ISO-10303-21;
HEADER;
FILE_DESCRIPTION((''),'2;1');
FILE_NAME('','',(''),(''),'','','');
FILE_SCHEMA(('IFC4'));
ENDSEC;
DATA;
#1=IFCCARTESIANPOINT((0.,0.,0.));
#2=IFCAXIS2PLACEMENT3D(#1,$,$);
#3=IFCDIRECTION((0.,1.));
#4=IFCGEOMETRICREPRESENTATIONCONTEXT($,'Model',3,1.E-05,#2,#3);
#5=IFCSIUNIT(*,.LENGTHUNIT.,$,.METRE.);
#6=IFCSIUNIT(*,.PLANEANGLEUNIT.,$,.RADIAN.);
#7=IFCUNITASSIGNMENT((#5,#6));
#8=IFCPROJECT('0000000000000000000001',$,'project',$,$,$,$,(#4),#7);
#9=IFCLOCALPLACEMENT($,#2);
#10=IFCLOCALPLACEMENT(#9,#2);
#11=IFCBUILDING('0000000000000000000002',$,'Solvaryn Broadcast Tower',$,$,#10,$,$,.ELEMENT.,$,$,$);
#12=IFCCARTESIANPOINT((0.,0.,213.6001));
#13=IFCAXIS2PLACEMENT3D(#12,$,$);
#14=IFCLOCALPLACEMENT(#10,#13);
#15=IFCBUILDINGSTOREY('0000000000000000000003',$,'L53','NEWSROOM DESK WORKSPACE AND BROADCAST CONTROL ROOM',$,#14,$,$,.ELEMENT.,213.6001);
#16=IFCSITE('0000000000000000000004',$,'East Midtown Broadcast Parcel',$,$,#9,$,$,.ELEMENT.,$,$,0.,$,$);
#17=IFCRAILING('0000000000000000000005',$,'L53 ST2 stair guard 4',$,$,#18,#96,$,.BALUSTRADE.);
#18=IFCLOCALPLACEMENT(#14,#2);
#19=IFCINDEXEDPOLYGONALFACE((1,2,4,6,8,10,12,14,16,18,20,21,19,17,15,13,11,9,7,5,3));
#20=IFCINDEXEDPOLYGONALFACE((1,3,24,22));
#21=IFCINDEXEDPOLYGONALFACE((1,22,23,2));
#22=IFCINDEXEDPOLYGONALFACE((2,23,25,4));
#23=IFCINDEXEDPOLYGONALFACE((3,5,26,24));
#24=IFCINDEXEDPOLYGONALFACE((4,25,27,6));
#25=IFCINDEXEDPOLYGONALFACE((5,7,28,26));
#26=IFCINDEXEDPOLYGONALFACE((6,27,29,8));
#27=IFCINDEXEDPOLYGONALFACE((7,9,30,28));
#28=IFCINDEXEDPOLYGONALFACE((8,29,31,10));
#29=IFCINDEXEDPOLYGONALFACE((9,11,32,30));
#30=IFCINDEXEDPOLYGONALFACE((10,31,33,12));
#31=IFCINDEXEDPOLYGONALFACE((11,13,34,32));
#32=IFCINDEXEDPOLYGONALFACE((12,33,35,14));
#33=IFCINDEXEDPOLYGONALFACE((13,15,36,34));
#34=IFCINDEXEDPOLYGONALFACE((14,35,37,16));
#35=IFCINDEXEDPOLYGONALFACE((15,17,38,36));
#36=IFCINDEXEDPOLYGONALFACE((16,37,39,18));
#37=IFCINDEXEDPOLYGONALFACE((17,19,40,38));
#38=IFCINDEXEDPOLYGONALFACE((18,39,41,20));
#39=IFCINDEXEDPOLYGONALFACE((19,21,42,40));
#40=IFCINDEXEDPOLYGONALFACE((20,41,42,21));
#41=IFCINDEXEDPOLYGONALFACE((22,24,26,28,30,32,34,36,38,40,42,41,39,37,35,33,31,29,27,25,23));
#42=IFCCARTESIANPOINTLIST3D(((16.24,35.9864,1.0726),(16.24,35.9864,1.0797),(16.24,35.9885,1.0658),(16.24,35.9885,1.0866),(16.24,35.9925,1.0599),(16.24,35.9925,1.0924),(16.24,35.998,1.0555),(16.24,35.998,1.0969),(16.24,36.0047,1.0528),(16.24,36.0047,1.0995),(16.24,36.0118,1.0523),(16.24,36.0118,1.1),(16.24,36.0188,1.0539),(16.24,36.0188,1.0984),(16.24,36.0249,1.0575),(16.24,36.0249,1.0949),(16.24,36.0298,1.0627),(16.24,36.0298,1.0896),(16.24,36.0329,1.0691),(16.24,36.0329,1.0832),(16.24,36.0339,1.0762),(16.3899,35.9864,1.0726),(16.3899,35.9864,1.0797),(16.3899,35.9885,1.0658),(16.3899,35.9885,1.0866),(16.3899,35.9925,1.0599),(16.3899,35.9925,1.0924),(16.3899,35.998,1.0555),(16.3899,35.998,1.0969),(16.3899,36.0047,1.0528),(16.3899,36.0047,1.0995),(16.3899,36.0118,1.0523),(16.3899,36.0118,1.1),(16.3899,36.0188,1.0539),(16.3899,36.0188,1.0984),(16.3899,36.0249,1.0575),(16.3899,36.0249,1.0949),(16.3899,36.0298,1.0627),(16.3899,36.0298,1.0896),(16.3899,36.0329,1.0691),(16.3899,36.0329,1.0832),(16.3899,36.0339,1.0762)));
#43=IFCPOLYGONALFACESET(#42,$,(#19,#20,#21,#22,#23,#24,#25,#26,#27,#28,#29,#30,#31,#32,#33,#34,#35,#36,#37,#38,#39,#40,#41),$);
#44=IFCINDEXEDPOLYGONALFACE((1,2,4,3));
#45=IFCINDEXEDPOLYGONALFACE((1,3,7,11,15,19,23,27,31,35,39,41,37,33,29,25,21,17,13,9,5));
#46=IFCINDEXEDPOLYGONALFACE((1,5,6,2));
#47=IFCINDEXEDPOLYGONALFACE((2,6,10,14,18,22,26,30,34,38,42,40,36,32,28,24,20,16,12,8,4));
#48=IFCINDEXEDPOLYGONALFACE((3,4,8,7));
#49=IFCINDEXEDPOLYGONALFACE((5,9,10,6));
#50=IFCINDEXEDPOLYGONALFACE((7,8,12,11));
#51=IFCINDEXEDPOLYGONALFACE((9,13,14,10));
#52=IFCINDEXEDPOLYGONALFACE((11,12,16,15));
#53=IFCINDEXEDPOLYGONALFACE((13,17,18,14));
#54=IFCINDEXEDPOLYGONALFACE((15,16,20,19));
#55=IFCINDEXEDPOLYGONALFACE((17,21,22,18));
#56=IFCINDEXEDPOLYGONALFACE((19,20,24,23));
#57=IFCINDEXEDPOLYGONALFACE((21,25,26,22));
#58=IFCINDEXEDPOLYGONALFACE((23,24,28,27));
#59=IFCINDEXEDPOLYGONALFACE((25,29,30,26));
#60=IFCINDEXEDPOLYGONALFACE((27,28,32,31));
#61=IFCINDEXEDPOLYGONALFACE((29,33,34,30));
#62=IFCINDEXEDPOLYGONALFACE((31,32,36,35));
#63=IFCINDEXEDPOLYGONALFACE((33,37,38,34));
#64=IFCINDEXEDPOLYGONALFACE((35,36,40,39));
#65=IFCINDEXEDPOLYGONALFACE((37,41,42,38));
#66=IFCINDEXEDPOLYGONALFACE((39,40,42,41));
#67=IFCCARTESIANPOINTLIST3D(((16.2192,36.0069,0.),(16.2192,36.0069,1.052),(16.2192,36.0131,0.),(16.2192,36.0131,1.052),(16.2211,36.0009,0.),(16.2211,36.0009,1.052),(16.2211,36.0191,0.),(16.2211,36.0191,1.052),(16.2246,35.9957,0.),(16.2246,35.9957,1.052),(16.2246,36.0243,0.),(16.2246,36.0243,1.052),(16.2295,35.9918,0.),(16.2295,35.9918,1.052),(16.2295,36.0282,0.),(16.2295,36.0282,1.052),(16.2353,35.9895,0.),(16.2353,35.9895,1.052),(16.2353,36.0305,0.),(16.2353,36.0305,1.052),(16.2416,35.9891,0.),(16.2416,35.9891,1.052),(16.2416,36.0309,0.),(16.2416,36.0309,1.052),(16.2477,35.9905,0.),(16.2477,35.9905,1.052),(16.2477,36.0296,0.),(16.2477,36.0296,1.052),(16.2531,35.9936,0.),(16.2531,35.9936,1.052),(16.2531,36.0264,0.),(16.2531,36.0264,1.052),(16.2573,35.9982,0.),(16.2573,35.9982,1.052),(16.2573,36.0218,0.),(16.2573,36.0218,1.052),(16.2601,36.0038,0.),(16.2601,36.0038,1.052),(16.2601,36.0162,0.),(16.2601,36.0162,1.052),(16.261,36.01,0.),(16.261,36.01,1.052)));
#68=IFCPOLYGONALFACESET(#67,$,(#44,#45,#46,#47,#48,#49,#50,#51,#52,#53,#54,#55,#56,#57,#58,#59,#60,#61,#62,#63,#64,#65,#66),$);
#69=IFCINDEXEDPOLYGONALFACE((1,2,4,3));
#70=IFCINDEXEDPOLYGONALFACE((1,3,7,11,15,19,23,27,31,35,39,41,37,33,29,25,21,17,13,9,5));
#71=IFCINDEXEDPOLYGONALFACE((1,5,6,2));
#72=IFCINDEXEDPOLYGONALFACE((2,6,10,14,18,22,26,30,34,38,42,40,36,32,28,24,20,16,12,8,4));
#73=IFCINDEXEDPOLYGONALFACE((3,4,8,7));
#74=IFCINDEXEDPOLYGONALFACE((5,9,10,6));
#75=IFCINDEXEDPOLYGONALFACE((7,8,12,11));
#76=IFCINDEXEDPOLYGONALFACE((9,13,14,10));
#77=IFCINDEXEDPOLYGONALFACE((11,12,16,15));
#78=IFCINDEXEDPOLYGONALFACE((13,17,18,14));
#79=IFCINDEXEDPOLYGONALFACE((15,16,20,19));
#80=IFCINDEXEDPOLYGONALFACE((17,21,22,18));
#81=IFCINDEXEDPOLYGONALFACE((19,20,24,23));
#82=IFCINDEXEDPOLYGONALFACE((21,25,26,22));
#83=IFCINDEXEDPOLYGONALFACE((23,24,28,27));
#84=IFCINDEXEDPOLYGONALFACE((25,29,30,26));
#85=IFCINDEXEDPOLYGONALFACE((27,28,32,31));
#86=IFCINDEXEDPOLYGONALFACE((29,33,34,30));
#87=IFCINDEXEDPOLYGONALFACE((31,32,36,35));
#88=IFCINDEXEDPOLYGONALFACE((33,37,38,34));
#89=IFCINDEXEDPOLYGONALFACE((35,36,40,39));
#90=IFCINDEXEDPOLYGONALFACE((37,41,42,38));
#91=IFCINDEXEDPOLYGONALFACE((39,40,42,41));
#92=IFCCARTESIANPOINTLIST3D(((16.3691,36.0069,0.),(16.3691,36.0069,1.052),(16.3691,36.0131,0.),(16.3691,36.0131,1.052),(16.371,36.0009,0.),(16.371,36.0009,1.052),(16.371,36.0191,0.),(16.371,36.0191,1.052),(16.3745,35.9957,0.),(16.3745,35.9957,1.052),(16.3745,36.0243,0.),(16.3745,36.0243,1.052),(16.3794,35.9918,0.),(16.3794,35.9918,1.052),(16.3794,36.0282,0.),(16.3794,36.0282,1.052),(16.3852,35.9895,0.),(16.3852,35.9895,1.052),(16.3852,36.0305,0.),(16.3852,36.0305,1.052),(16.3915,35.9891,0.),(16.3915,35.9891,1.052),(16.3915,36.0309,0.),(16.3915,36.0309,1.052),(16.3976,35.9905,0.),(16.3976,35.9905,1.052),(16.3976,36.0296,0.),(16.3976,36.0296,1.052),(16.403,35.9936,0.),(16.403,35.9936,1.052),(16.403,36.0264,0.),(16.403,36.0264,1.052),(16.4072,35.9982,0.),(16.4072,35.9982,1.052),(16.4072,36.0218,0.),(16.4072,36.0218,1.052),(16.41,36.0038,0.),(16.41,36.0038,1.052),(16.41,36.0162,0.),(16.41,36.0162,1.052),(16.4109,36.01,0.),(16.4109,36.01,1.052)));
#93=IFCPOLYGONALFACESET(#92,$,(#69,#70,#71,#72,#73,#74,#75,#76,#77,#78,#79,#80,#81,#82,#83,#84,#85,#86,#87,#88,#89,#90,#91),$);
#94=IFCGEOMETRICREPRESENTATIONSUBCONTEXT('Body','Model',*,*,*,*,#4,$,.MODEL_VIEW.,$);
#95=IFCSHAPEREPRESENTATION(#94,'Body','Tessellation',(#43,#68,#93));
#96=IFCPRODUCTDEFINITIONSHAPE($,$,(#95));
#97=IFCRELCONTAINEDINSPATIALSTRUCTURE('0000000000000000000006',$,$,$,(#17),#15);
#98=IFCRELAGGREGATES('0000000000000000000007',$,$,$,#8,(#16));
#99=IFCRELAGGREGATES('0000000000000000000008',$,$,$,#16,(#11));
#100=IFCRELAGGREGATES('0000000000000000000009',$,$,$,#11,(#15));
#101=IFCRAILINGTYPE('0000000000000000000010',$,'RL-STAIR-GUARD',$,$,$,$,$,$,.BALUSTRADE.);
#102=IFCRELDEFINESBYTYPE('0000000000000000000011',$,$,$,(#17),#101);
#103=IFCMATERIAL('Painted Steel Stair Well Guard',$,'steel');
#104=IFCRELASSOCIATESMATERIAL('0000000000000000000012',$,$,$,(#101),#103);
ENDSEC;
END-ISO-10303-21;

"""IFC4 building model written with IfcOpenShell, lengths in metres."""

from ifc_helpers import new_model, si_unit, direction, frame, origin, origin_2d, place, context, subcontext, project, spatial, circle, extrude, material, type_object, element, save


model = new_model("IFC4")

# Units and contexts
model_context = context("Model", 3, precision=1e-05, world=origin(), true_north=direction((0.0, 1.0)))
body_context = subcontext(model_context, "Body", "Model", "MODEL_VIEW")
ifc_project = project(units=[si_unit("LENGTHUNIT", "METRE"), si_unit("PLANEANGLEUNIT", "RADIAN")], contexts=[model_context])

# Site, building, storey
site_placement = place(None, origin())
site = spatial("IfcSite", under=ifc_project, at=site_placement, Name="East Midtown Broadcast Parcel", CompositionType="ELEMENT", RefElevation=0.0)
building_placement = place(site_placement, origin())
building = spatial("IfcBuilding", under=site, at=building_placement, Name="Solvaryn Broadcast Tower", CompositionType="ELEMENT")
storey_placement = place(building_placement, frame((0.0, 0.0, 213.6001)))
storey = spatial("IfcBuildingStorey", under=building, at=storey_placement, Name="L53", Description="NEWSROOM DESK WORKSPACE AND BROADCAST CONTROL ROOM", CompositionType="ELEMENT", Elevation=213.6001)

# Railing
ifc_material_1 = material(Name="Painted Steel Stair Well Guard", Category="steel")
railing_type_1 = type_object("IfcRailingType", Name="RL-STAIR-GUARD", PredefinedType="BALUSTRADE", material=ifc_material_1)
railing_1_placement = place(storey_placement, frame((16.24, 36.01, 0.0)))
element("IfcRailing", 1, at=railing_1_placement, inside=storey, type_object=railing_type_1, Name="L53 ST2 stair guard 4", PredefinedType="BALUSTRADE", context=body_context, shape_type="SweptSolid", body=[
    extrude(circle(Radius=0.0239, at=origin_2d()), frame((0.0, 0.0, 1.0762), z_axis=(1.0, 0.0, 0.0), x_axis=(0.0, 1.0, 0.0)), (0.0, 0.0, 1.0), 0.1499),
    extrude(circle(Radius=0.021, at=origin_2d()), origin(), (0.0, 0.0, 1.0), 1.052),
    extrude(circle(Radius=0.021, at=origin_2d()), frame((0.1499, 0.0, 0.0)), (0.0, 0.0, 1.0), 1.052),
])

save(model, "model.ifc")
